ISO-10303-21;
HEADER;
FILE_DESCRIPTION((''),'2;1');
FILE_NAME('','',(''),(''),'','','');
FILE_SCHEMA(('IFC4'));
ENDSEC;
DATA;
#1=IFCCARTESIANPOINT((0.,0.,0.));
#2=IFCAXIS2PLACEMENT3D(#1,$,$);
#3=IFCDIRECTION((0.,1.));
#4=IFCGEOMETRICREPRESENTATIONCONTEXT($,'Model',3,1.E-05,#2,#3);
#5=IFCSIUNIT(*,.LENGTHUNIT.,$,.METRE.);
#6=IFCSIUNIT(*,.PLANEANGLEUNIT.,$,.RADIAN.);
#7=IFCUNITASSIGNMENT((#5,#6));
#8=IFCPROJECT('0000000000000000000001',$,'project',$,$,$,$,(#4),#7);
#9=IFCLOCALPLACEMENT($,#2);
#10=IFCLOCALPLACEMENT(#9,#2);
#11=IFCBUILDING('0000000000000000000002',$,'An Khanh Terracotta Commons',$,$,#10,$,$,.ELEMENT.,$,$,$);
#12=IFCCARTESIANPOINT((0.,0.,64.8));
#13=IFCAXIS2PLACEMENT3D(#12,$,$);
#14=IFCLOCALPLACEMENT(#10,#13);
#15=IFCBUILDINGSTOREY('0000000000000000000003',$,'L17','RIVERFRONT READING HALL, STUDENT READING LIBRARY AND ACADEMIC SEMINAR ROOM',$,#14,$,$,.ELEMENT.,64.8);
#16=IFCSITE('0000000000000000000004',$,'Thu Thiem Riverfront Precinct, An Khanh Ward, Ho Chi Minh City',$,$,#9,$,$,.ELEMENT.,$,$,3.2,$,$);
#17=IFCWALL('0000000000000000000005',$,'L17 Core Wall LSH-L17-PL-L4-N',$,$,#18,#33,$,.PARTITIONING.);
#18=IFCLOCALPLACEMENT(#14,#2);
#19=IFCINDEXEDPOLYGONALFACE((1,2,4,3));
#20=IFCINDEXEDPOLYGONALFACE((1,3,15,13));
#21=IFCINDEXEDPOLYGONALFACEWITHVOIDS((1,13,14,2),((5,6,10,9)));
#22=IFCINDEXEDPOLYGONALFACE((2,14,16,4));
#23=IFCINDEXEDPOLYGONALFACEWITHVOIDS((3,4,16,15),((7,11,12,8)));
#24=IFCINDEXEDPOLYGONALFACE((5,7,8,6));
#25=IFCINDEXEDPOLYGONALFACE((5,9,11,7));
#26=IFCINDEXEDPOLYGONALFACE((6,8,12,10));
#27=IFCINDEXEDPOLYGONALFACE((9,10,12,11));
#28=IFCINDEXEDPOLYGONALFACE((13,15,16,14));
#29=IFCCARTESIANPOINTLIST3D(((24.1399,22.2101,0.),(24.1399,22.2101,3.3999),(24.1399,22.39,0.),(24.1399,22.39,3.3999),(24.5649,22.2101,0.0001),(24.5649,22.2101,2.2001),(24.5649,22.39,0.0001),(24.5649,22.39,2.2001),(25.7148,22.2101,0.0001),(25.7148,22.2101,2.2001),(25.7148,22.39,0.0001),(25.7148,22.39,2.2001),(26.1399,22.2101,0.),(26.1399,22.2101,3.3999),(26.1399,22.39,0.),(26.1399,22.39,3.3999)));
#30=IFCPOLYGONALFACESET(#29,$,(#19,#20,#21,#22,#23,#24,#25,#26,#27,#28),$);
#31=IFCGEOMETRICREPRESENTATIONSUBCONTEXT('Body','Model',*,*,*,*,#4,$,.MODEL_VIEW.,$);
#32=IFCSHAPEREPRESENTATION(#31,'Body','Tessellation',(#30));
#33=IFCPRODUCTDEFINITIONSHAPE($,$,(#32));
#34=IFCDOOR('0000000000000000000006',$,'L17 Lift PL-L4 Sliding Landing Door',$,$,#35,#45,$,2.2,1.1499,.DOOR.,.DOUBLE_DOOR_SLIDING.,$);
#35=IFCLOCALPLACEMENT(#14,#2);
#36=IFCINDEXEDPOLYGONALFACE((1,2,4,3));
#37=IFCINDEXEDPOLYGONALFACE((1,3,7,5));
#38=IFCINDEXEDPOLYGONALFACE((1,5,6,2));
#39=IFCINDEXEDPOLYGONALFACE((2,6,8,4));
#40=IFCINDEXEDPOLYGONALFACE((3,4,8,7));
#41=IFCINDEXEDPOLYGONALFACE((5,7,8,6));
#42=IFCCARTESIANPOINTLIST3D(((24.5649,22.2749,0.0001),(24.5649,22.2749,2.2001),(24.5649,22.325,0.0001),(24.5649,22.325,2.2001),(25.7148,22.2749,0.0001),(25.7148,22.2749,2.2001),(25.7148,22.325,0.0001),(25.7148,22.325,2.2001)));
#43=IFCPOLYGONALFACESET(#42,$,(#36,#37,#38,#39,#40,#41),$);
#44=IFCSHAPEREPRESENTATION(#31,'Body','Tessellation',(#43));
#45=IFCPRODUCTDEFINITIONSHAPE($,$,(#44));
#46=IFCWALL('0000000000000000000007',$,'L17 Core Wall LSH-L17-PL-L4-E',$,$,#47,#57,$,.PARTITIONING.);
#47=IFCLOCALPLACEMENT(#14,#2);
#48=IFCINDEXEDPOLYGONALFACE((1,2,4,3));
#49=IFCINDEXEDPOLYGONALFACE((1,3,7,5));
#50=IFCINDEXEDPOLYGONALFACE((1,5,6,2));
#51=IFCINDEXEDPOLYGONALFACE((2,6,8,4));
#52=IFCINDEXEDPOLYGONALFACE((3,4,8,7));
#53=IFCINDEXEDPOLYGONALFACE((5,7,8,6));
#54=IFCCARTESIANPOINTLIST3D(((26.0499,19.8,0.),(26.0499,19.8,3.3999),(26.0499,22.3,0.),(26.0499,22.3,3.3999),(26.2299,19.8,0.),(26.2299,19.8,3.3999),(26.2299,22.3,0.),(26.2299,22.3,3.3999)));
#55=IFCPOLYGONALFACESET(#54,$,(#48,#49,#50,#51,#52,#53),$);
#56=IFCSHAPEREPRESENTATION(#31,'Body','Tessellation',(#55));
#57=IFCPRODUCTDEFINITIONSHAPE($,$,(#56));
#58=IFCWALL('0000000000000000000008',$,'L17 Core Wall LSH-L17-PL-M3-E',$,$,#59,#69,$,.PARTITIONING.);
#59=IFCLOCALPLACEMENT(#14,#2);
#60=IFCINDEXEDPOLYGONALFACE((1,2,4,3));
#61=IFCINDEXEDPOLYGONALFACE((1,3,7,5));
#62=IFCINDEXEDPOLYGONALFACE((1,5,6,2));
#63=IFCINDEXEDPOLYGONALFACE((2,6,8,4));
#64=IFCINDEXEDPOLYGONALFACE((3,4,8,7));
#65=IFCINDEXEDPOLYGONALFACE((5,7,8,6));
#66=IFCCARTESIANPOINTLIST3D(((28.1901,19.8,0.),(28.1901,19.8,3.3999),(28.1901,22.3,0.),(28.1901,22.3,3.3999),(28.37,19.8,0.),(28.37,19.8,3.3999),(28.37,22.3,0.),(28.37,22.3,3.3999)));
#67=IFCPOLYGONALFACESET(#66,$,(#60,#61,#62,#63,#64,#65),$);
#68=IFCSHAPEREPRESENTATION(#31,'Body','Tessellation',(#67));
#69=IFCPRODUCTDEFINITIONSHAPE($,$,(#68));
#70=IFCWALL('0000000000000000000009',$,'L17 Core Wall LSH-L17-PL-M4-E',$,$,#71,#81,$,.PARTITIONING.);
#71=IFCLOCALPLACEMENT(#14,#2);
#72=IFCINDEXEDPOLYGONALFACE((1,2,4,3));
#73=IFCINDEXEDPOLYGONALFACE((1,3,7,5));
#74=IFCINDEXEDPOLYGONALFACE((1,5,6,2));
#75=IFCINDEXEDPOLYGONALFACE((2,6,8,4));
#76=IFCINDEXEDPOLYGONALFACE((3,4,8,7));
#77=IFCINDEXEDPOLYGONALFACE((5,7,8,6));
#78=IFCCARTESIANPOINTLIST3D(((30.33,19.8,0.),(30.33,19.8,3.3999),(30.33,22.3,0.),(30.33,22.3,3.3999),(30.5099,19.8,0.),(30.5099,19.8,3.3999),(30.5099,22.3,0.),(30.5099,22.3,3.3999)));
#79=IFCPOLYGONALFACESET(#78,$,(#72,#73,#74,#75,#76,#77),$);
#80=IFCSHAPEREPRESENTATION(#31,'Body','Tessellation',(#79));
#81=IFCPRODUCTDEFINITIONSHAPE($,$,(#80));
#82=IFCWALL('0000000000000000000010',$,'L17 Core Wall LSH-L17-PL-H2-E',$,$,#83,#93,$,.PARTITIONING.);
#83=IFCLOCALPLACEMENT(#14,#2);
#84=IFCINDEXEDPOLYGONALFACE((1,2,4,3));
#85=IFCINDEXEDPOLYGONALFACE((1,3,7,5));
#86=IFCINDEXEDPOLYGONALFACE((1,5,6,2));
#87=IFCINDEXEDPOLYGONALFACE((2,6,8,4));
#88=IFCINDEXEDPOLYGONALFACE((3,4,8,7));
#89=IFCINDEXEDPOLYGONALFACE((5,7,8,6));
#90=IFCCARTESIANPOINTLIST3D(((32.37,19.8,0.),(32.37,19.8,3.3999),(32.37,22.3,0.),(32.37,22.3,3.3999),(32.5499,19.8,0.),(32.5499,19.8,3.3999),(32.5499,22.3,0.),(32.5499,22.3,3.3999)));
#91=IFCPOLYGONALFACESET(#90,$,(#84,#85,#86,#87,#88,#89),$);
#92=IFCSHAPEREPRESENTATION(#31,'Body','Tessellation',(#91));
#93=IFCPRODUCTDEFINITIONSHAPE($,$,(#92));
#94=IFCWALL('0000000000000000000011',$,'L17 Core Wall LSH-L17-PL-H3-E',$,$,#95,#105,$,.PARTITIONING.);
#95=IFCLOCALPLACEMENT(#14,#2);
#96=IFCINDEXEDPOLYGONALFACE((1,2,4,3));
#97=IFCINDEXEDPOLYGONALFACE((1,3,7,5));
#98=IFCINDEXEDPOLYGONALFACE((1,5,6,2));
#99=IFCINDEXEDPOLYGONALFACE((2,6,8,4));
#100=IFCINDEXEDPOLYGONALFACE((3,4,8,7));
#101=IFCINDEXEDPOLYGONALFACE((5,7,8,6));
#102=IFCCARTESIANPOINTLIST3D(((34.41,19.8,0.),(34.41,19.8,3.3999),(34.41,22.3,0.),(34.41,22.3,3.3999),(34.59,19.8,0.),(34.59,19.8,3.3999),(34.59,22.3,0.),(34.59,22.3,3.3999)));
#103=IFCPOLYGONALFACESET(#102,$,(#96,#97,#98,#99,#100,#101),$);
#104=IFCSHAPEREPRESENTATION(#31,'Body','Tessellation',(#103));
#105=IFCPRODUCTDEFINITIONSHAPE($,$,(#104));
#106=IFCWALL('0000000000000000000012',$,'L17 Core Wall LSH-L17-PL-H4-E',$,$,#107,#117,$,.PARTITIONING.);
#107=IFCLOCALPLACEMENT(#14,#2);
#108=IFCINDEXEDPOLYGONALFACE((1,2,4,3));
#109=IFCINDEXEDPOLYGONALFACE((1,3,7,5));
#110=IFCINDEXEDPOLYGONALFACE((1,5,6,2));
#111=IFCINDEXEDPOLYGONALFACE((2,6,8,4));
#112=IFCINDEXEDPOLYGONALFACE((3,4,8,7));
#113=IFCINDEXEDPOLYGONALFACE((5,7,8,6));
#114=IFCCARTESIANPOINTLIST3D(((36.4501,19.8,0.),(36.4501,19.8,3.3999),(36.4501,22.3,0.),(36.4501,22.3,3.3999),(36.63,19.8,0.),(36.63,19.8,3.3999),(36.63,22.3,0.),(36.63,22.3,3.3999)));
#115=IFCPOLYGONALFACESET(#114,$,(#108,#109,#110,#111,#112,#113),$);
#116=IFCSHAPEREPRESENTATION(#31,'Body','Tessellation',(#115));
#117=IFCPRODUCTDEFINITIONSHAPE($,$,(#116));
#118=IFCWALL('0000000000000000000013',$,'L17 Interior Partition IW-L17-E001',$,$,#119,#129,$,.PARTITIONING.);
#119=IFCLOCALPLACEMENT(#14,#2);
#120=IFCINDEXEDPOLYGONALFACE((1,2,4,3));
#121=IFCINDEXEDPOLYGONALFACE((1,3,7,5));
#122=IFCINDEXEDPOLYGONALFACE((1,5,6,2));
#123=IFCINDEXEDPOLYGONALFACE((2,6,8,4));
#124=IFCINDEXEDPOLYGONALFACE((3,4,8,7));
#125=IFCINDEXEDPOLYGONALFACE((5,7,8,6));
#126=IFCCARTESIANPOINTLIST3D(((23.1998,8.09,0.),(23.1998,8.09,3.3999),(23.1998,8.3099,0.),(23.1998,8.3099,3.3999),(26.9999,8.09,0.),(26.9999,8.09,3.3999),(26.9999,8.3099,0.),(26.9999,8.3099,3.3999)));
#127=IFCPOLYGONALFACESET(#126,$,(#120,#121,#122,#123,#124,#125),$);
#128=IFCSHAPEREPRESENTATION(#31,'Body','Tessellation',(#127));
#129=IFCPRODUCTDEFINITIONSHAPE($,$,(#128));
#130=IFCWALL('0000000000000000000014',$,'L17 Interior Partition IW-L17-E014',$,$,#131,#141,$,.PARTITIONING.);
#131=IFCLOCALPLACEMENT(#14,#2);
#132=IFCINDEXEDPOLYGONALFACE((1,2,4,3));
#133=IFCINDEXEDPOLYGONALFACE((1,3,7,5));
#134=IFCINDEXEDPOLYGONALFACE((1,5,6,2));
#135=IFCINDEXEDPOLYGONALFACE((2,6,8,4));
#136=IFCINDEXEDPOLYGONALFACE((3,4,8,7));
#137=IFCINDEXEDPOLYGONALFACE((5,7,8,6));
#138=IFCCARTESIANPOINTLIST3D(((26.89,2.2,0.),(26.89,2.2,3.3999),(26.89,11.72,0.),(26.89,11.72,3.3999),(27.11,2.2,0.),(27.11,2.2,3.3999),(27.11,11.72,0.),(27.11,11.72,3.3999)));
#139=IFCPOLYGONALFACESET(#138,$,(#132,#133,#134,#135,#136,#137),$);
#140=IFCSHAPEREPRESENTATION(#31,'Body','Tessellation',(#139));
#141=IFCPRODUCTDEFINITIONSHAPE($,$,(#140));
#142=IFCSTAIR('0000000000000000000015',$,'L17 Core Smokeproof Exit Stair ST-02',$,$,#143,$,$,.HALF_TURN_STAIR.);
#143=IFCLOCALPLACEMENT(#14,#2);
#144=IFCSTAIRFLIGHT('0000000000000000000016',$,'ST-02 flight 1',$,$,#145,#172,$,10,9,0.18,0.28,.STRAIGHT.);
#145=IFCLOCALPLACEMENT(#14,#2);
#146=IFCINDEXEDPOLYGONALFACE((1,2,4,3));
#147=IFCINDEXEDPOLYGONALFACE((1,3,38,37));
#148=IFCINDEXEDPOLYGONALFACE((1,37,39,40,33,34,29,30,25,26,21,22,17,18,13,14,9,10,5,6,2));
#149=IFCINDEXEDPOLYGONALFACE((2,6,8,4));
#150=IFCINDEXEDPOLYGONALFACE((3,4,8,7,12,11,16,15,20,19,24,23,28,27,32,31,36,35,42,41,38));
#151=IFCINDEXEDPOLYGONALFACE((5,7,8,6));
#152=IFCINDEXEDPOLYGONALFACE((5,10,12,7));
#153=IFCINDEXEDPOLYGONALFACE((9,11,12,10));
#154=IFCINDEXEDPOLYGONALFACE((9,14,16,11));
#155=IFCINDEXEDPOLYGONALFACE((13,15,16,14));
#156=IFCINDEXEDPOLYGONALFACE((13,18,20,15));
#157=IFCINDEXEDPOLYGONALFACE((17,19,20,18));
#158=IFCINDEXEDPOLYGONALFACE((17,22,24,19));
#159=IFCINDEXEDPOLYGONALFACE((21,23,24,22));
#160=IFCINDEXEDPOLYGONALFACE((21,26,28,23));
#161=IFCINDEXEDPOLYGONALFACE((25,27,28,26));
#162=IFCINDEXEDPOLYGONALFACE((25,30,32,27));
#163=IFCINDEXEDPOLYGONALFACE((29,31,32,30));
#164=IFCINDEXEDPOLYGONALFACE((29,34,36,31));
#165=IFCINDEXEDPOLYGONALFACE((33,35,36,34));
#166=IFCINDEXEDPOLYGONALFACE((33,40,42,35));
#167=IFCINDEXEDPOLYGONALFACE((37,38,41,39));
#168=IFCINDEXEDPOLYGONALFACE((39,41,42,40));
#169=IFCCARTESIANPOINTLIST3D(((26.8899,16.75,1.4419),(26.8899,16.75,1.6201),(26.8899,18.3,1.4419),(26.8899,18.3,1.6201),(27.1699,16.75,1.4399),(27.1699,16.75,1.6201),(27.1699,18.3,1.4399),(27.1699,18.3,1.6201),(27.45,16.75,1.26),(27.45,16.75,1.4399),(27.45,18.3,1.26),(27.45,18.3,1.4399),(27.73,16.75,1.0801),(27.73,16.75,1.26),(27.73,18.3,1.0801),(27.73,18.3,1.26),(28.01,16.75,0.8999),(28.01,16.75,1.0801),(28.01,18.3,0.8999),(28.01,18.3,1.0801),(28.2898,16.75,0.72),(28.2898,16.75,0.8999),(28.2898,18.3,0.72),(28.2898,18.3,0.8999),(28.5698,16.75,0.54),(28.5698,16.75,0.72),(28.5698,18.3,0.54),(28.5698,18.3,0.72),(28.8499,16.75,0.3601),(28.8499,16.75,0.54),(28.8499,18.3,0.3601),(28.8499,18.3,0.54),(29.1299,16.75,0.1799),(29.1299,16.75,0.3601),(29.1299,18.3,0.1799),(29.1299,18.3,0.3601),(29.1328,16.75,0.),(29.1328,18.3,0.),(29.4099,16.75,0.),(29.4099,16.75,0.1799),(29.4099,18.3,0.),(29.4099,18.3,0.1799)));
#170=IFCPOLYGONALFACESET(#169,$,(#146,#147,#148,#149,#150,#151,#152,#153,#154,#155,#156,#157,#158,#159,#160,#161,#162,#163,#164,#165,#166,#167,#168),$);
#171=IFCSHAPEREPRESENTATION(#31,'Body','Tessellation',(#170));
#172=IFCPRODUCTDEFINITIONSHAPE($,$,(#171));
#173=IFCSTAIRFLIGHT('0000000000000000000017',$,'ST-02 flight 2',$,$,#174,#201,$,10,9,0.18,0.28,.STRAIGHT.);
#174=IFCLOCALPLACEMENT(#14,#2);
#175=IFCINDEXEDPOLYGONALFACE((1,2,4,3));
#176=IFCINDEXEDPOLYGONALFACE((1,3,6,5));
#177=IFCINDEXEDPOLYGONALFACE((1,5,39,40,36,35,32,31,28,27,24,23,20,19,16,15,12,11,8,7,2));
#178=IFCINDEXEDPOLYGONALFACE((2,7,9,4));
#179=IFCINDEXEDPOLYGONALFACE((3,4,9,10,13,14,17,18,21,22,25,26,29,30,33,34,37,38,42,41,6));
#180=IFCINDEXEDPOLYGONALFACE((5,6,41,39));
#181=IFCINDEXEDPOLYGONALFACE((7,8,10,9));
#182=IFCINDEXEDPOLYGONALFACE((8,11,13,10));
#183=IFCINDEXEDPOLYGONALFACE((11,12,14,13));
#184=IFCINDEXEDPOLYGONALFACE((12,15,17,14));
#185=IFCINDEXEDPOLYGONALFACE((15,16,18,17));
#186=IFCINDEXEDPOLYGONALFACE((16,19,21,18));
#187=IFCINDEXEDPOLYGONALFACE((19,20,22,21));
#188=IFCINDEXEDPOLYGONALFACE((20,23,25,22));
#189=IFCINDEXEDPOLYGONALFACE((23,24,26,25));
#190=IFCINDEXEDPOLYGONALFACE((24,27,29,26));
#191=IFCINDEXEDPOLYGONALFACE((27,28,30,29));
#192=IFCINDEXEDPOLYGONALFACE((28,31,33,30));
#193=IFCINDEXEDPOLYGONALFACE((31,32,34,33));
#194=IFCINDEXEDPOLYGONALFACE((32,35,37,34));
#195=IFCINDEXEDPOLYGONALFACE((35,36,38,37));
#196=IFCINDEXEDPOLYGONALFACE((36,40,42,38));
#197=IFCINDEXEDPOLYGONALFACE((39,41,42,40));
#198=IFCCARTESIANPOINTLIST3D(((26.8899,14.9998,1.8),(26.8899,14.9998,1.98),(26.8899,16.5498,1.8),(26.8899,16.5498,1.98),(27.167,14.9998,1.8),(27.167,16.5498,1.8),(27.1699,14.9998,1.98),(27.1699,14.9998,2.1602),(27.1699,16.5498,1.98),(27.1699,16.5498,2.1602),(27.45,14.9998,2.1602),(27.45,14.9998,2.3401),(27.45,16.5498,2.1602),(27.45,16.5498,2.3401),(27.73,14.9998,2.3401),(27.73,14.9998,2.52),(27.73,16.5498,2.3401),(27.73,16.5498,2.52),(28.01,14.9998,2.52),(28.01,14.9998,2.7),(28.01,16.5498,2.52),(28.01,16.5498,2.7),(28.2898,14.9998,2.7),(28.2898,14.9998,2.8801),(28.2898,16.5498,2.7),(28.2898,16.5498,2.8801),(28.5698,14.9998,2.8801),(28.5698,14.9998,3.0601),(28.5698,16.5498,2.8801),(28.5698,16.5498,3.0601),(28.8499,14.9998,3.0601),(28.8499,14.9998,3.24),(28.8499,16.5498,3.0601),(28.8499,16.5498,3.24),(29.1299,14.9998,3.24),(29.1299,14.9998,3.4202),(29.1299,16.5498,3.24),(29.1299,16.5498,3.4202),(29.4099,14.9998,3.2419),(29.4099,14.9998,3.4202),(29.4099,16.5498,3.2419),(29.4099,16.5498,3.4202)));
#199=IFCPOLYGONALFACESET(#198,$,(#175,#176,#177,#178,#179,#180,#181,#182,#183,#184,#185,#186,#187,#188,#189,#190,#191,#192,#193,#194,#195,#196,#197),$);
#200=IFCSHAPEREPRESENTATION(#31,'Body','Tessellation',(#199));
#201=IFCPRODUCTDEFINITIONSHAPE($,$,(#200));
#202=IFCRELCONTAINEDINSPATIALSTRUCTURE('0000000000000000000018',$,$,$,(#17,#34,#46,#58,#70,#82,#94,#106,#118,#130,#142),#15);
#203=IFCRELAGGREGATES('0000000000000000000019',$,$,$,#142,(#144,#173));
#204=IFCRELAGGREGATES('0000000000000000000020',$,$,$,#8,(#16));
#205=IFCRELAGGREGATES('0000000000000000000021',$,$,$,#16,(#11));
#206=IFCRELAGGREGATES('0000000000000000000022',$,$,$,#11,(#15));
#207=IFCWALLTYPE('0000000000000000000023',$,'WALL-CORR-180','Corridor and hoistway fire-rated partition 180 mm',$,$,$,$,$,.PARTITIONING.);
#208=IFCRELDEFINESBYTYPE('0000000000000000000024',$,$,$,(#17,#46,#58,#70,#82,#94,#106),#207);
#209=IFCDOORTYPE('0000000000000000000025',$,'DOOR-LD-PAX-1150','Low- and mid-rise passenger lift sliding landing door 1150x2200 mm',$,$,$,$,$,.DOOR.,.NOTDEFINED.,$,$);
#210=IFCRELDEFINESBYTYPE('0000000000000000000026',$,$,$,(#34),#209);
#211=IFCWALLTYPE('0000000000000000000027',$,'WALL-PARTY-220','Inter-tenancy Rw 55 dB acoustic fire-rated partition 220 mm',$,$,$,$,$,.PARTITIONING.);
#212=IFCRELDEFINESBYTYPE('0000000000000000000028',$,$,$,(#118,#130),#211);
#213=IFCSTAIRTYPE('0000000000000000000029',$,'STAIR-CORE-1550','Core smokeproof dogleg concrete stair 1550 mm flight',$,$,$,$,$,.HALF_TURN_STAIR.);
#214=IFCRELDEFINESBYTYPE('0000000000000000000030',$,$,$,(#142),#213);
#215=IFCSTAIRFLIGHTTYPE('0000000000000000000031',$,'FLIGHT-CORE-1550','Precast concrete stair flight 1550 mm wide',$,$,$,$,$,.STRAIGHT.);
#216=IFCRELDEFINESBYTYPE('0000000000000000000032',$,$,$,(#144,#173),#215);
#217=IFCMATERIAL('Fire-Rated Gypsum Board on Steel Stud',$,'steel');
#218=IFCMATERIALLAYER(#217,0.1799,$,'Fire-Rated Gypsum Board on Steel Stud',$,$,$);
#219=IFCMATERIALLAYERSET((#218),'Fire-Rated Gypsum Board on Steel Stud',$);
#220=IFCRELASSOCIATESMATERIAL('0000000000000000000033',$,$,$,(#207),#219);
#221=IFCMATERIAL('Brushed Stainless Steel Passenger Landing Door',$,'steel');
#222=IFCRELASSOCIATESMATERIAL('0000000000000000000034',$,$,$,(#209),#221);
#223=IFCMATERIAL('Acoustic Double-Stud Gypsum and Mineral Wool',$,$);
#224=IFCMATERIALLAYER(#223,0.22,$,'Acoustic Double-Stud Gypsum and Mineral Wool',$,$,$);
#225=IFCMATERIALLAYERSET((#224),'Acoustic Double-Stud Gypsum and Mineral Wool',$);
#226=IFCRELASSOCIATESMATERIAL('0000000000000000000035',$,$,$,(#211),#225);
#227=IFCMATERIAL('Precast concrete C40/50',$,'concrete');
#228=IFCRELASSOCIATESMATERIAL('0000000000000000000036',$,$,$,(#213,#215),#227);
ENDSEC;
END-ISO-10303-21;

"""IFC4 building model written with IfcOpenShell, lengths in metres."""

from ifc_helpers import new_model, si_unit, direction, frame, frame_2d, origin, place, context, subcontext, project, spatial, polyline, rectangle, outline, extrude, material, layer, layer_set, type_object, element, fill, aggregate, save


model = new_model("IFC4")

# Units and contexts
model_context = context("Model", 3, precision=1e-05, world=origin(), true_north=direction((0.0, 1.0)))
body_context = subcontext(model_context, "Body", "Model", "MODEL_VIEW")
ifc_project = project(units=[si_unit("LENGTHUNIT", "METRE"), si_unit("PLANEANGLEUNIT", "RADIAN")], contexts=[model_context])

# Site, building, storey
site_placement = place(None, origin())
site = spatial("IfcSite", under=ifc_project, at=site_placement, Name="Thu Thiem Riverfront Precinct, An Khanh Ward, Ho Chi Minh City", CompositionType="ELEMENT", RefElevation=3.2)
building_placement = place(site_placement, origin())
building = spatial("IfcBuilding", under=site, at=building_placement, Name="An Khanh Terracotta Commons", CompositionType="ELEMENT")
storey_placement = place(building_placement, frame((0.0, 0.0, 64.8)))
storey = spatial("IfcBuildingStorey", under=building, at=storey_placement, Name="L17", Description="RIVERFRONT READING HALL, STUDENT READING LIBRARY AND ACADEMIC SEMINAR ROOM", CompositionType="ELEMENT", Elevation=64.8)

# Shared definitions
ifc_material_1 = material(Name="Fire-Rated Gypsum Board on Steel Stud", Category="steel")
ifc_layer_1 = layer(ifc_material_1, 0.1799, Name="Fire-Rated Gypsum Board on Steel Stud")
ifc_layer_set_1 = layer_set([ifc_layer_1], Name="Fire-Rated Gypsum Board on Steel Stud")
wall_type_1 = type_object("IfcWallType", Name="WALL-CORR-180", Description="Corridor and hoistway fire-rated partition 180 mm", PredefinedType="PARTITIONING", material=ifc_layer_set_1)

# Wall, opening, door
wall_1_placement = place(storey_placement, frame((24.1399, 22.3, 0.0), z_axis=(0.0, 0.0, 1.0), x_axis=(1.0, 0.0, 0.0)))
wall_1 = element("IfcWall", 1, at=wall_1_placement, inside=storey, type_object=wall_type_1, Name="L17 Core Wall LSH-L17-PL-L4-N", PredefinedType="PARTITIONING", context=body_context, shape_type="SweptSolid", body=[
    extrude(rectangle(XDim=2.0, YDim=0.1799, at=frame_2d((1.0, 0.0))), origin(), (0.0, 0.0, 1.0), 3.3999),
])
opening_1_placement = place(wall_1_placement, frame((0.425, 0.0, 0.0)))
opening_1 = element("IfcOpeningElement", 2, at=opening_1_placement, cuts=wall_1, PredefinedType="OPENING", context=body_context, shape_type="SweptSolid", body=[
    extrude(rectangle(XDim=1.1499, YDim=2.2, at=frame_2d((0.575, 1.1001))), frame((0.0, 0.0999, 0.0), z_axis=(0.0, -1.0, 0.0), x_axis=(1.0, 0.0, 0.0)), (0.0, 0.0, 1.0), 0.2),
])
ifc_material_2 = material(Name="Brushed Stainless Steel Passenger Landing Door", Category="steel")
door_type_1 = type_object("IfcDoorType", Name="DOOR-LD-PAX-1150", Description="Low- and mid-rise passenger lift sliding landing door 1150x2200 mm", OperationType="NOTDEFINED", PredefinedType="DOOR", material=ifc_material_2)
door_1_placement = place(opening_1_placement, origin())
door_1 = element("IfcDoor", 3, at=door_1_placement, inside=storey, type_object=door_type_1, Name="L17 Lift PL-L4 Sliding Landing Door", OperationType="DOUBLE_DOOR_SLIDING", OverallHeight=2.2, OverallWidth=1.1499, PredefinedType="DOOR", context=body_context, shape_type="SweptSolid", body=[
    extrude(rectangle(XDim=1.1499, YDim=2.2, at=frame_2d((0.575, 1.1001))), frame((0.0, 0.0249, 0.0), z_axis=(0.0, -1.0, 0.0), x_axis=(1.0, 0.0, 0.0)), (0.0, 0.0, 1.0), 0.05),
])
fill(opening_1, door_1)

# Walls
for number, where, z_axis, x_axis, name in (
    (4, (26.1399, 19.8, 0.0), (0.0, 0.0, 1.0), (0.0, 1.0, 0.0), "L17 Core Wall LSH-L17-PL-L4-E"),
    (5, (28.28, 19.8, 0.0), (0.0, 0.0, 1.0), (0.0, 1.0, 0.0), "L17 Core Wall LSH-L17-PL-M3-E"),
    (6, (30.4199, 19.8, 0.0), (0.0, 0.0, 1.0), (0.0, 1.0, 0.0), "L17 Core Wall LSH-L17-PL-M4-E"),
    (7, (32.46, 19.8, 0.0), (0.0, 0.0, 1.0), (0.0, 1.0, 0.0), "L17 Core Wall LSH-L17-PL-H2-E"),
    (8, (34.5, 19.8, 0.0), (0.0, 0.0, 1.0), (0.0, 1.0, 0.0), "L17 Core Wall LSH-L17-PL-H3-E"),
    (9, (36.54, 19.8, 0.0), (0.0, 0.0, 1.0), (0.0, 1.0, 0.0), "L17 Core Wall LSH-L17-PL-H4-E"),
):
    element("IfcWall", number, at=place(storey_placement, frame(where, z_axis=z_axis, x_axis=x_axis)), inside=storey, type_object=wall_type_1, Name=name, PredefinedType="PARTITIONING", context=body_context, shape_type="SweptSolid", body=[
        extrude(rectangle(XDim=2.5, YDim=0.1799, at=frame_2d((1.25, 0.0))), origin(), (0.0, 0.0, 1.0), 3.3999),
    ])
ifc_material_3 = material(Name="Acoustic Double-Stud Gypsum and Mineral Wool")
ifc_layer_2 = layer(ifc_material_3, 0.22, Name="Acoustic Double-Stud Gypsum and Mineral Wool")
ifc_layer_set_2 = layer_set([ifc_layer_2], Name="Acoustic Double-Stud Gypsum and Mineral Wool")
wall_type_2 = type_object("IfcWallType", Name="WALL-PARTY-220", Description="Inter-tenancy Rw 55 dB acoustic fire-rated partition 220 mm", PredefinedType="PARTITIONING", material=ifc_layer_set_2)
wall_2_placement = place(storey_placement, frame((23.2, 8.2, 0.0), z_axis=(0.0, 0.0, 1.0), x_axis=(1.0, 0.0, 0.0)))
element("IfcWall", 10, at=wall_2_placement, inside=storey, type_object=wall_type_2, Name="L17 Interior Partition IW-L17-E001", PredefinedType="PARTITIONING", context=body_context, shape_type="SweptSolid", body=[
    extrude(rectangle(XDim=3.8, YDim=0.22, at=frame_2d((1.8999, 0.0))), origin(), (0.0, 0.0, 1.0), 3.3999),
])
wall_3_placement = place(storey_placement, frame((27.0, 2.2, 0.0), z_axis=(0.0, 0.0, 1.0), x_axis=(0.0, 1.0, 0.0)))
element("IfcWall", 11, at=wall_3_placement, inside=storey, type_object=wall_type_2, Name="L17 Interior Partition IW-L17-E014", PredefinedType="PARTITIONING", context=body_context, shape_type="SweptSolid", body=[
    extrude(rectangle(XDim=9.52, YDim=0.22, at=frame_2d((4.76, 0.0))), origin(), (0.0, 0.0, 1.0), 3.3999),
])

# Stair, stair flights
ifc_material_4 = material(Name="Precast concrete C40/50", Category="concrete")
stair_type = type_object("IfcStairType", Name="STAIR-CORE-1550", Description="Core smokeproof dogleg concrete stair 1550 mm flight", PredefinedType="HALF_TURN_STAIR", material=ifc_material_4)
stair_placement = place(storey_placement, origin())
stair = element("IfcStair", 12, at=stair_placement, inside=storey, type_object=stair_type, Name="L17 Core Smokeproof Exit Stair ST-02", PredefinedType="HALF_TURN_STAIR")
stair_flight_type = type_object("IfcStairFlightType", Name="FLIGHT-CORE-1550", Description="Precast concrete stair flight 1550 mm wide", PredefinedType="STRAIGHT", material=ifc_material_4)
stair_flight_1_placement = place(storey_placement, frame((29.4099, 17.5249, 0.0), z_axis=(0.0, 0.0, 1.0), x_axis=(-1.0, 0.0, 0.0)))
stair_flight_1 = element("IfcStairFlight", 13, at=stair_flight_1_placement, type_object=stair_flight_type, Name="ST-02 flight 1", NumberOfRisers=10, NumberOfTreads=9, PredefinedType="STRAIGHT", RiserHeight=0.18, TreadLength=0.28, context=body_context, shape_type="SweptSolid", body=[
    extrude(outline(polyline([(0.0, 0.0), (0.0, 0.1799), (0.28, 0.1799), (0.28, 0.3601), (0.5601, 0.3601), (0.5601, 0.54), (0.8401, 0.54), (0.8401, 0.72), (1.1201, 0.72), (1.1201, 0.8999), (1.3999, 0.8999), (1.3999, 1.0801), (1.6799, 1.0801), (1.6799, 1.26), (1.96, 1.26), (1.96, 1.4399), (2.24, 1.4399), (2.24, 1.6201), (2.52, 1.6201), (2.52, 1.8), (2.52, 1.4419), (0.2771, 0.0), (0.0, 0.0)])), frame((0.0, 0.7749, 0.0), z_axis=(0.0, -1.0, 0.0), x_axis=(1.0, 0.0, 0.0)), (0.0, 0.0, 1.0), 1.55),
])
stair_flight_2_placement = place(storey_placement, frame((26.8899, 15.7749, 1.8), z_axis=(0.0, 0.0, 1.0), x_axis=(1.0, 0.0, 0.0)))
stair_flight_2 = element("IfcStairFlight", 14, at=stair_flight_2_placement, type_object=stair_flight_type, Name="ST-02 flight 2", NumberOfRisers=10, NumberOfTreads=9, PredefinedType="STRAIGHT", RiserHeight=0.18, TreadLength=0.28, context=body_context, shape_type="SweptSolid", body=[
    extrude(outline(polyline([(0.0, 0.0), (0.0, 0.1799), (0.28, 0.1799), (0.28, 0.3601), (0.5601, 0.3601), (0.5601, 0.54), (0.8401, 0.54), (0.8401, 0.72), (1.1201, 0.72), (1.1201, 0.8999), (1.3999, 0.8999), (1.3999, 1.0801), (1.6799, 1.0801), (1.6799, 1.26), (1.96, 1.26), (1.96, 1.4399), (2.24, 1.4399), (2.24, 1.6201), (2.52, 1.6201), (2.52, 1.8), (2.52, 1.4419), (0.2771, 0.0), (0.0, 0.0)])), frame((0.0, 0.7749, 0.0), z_axis=(0.0, -1.0, 0.0), x_axis=(1.0, 0.0, 0.0)), (0.0, 0.0, 1.0), 1.55),
])
aggregate(stair, [stair_flight_1, stair_flight_2])

save(model, "model.ifc")
